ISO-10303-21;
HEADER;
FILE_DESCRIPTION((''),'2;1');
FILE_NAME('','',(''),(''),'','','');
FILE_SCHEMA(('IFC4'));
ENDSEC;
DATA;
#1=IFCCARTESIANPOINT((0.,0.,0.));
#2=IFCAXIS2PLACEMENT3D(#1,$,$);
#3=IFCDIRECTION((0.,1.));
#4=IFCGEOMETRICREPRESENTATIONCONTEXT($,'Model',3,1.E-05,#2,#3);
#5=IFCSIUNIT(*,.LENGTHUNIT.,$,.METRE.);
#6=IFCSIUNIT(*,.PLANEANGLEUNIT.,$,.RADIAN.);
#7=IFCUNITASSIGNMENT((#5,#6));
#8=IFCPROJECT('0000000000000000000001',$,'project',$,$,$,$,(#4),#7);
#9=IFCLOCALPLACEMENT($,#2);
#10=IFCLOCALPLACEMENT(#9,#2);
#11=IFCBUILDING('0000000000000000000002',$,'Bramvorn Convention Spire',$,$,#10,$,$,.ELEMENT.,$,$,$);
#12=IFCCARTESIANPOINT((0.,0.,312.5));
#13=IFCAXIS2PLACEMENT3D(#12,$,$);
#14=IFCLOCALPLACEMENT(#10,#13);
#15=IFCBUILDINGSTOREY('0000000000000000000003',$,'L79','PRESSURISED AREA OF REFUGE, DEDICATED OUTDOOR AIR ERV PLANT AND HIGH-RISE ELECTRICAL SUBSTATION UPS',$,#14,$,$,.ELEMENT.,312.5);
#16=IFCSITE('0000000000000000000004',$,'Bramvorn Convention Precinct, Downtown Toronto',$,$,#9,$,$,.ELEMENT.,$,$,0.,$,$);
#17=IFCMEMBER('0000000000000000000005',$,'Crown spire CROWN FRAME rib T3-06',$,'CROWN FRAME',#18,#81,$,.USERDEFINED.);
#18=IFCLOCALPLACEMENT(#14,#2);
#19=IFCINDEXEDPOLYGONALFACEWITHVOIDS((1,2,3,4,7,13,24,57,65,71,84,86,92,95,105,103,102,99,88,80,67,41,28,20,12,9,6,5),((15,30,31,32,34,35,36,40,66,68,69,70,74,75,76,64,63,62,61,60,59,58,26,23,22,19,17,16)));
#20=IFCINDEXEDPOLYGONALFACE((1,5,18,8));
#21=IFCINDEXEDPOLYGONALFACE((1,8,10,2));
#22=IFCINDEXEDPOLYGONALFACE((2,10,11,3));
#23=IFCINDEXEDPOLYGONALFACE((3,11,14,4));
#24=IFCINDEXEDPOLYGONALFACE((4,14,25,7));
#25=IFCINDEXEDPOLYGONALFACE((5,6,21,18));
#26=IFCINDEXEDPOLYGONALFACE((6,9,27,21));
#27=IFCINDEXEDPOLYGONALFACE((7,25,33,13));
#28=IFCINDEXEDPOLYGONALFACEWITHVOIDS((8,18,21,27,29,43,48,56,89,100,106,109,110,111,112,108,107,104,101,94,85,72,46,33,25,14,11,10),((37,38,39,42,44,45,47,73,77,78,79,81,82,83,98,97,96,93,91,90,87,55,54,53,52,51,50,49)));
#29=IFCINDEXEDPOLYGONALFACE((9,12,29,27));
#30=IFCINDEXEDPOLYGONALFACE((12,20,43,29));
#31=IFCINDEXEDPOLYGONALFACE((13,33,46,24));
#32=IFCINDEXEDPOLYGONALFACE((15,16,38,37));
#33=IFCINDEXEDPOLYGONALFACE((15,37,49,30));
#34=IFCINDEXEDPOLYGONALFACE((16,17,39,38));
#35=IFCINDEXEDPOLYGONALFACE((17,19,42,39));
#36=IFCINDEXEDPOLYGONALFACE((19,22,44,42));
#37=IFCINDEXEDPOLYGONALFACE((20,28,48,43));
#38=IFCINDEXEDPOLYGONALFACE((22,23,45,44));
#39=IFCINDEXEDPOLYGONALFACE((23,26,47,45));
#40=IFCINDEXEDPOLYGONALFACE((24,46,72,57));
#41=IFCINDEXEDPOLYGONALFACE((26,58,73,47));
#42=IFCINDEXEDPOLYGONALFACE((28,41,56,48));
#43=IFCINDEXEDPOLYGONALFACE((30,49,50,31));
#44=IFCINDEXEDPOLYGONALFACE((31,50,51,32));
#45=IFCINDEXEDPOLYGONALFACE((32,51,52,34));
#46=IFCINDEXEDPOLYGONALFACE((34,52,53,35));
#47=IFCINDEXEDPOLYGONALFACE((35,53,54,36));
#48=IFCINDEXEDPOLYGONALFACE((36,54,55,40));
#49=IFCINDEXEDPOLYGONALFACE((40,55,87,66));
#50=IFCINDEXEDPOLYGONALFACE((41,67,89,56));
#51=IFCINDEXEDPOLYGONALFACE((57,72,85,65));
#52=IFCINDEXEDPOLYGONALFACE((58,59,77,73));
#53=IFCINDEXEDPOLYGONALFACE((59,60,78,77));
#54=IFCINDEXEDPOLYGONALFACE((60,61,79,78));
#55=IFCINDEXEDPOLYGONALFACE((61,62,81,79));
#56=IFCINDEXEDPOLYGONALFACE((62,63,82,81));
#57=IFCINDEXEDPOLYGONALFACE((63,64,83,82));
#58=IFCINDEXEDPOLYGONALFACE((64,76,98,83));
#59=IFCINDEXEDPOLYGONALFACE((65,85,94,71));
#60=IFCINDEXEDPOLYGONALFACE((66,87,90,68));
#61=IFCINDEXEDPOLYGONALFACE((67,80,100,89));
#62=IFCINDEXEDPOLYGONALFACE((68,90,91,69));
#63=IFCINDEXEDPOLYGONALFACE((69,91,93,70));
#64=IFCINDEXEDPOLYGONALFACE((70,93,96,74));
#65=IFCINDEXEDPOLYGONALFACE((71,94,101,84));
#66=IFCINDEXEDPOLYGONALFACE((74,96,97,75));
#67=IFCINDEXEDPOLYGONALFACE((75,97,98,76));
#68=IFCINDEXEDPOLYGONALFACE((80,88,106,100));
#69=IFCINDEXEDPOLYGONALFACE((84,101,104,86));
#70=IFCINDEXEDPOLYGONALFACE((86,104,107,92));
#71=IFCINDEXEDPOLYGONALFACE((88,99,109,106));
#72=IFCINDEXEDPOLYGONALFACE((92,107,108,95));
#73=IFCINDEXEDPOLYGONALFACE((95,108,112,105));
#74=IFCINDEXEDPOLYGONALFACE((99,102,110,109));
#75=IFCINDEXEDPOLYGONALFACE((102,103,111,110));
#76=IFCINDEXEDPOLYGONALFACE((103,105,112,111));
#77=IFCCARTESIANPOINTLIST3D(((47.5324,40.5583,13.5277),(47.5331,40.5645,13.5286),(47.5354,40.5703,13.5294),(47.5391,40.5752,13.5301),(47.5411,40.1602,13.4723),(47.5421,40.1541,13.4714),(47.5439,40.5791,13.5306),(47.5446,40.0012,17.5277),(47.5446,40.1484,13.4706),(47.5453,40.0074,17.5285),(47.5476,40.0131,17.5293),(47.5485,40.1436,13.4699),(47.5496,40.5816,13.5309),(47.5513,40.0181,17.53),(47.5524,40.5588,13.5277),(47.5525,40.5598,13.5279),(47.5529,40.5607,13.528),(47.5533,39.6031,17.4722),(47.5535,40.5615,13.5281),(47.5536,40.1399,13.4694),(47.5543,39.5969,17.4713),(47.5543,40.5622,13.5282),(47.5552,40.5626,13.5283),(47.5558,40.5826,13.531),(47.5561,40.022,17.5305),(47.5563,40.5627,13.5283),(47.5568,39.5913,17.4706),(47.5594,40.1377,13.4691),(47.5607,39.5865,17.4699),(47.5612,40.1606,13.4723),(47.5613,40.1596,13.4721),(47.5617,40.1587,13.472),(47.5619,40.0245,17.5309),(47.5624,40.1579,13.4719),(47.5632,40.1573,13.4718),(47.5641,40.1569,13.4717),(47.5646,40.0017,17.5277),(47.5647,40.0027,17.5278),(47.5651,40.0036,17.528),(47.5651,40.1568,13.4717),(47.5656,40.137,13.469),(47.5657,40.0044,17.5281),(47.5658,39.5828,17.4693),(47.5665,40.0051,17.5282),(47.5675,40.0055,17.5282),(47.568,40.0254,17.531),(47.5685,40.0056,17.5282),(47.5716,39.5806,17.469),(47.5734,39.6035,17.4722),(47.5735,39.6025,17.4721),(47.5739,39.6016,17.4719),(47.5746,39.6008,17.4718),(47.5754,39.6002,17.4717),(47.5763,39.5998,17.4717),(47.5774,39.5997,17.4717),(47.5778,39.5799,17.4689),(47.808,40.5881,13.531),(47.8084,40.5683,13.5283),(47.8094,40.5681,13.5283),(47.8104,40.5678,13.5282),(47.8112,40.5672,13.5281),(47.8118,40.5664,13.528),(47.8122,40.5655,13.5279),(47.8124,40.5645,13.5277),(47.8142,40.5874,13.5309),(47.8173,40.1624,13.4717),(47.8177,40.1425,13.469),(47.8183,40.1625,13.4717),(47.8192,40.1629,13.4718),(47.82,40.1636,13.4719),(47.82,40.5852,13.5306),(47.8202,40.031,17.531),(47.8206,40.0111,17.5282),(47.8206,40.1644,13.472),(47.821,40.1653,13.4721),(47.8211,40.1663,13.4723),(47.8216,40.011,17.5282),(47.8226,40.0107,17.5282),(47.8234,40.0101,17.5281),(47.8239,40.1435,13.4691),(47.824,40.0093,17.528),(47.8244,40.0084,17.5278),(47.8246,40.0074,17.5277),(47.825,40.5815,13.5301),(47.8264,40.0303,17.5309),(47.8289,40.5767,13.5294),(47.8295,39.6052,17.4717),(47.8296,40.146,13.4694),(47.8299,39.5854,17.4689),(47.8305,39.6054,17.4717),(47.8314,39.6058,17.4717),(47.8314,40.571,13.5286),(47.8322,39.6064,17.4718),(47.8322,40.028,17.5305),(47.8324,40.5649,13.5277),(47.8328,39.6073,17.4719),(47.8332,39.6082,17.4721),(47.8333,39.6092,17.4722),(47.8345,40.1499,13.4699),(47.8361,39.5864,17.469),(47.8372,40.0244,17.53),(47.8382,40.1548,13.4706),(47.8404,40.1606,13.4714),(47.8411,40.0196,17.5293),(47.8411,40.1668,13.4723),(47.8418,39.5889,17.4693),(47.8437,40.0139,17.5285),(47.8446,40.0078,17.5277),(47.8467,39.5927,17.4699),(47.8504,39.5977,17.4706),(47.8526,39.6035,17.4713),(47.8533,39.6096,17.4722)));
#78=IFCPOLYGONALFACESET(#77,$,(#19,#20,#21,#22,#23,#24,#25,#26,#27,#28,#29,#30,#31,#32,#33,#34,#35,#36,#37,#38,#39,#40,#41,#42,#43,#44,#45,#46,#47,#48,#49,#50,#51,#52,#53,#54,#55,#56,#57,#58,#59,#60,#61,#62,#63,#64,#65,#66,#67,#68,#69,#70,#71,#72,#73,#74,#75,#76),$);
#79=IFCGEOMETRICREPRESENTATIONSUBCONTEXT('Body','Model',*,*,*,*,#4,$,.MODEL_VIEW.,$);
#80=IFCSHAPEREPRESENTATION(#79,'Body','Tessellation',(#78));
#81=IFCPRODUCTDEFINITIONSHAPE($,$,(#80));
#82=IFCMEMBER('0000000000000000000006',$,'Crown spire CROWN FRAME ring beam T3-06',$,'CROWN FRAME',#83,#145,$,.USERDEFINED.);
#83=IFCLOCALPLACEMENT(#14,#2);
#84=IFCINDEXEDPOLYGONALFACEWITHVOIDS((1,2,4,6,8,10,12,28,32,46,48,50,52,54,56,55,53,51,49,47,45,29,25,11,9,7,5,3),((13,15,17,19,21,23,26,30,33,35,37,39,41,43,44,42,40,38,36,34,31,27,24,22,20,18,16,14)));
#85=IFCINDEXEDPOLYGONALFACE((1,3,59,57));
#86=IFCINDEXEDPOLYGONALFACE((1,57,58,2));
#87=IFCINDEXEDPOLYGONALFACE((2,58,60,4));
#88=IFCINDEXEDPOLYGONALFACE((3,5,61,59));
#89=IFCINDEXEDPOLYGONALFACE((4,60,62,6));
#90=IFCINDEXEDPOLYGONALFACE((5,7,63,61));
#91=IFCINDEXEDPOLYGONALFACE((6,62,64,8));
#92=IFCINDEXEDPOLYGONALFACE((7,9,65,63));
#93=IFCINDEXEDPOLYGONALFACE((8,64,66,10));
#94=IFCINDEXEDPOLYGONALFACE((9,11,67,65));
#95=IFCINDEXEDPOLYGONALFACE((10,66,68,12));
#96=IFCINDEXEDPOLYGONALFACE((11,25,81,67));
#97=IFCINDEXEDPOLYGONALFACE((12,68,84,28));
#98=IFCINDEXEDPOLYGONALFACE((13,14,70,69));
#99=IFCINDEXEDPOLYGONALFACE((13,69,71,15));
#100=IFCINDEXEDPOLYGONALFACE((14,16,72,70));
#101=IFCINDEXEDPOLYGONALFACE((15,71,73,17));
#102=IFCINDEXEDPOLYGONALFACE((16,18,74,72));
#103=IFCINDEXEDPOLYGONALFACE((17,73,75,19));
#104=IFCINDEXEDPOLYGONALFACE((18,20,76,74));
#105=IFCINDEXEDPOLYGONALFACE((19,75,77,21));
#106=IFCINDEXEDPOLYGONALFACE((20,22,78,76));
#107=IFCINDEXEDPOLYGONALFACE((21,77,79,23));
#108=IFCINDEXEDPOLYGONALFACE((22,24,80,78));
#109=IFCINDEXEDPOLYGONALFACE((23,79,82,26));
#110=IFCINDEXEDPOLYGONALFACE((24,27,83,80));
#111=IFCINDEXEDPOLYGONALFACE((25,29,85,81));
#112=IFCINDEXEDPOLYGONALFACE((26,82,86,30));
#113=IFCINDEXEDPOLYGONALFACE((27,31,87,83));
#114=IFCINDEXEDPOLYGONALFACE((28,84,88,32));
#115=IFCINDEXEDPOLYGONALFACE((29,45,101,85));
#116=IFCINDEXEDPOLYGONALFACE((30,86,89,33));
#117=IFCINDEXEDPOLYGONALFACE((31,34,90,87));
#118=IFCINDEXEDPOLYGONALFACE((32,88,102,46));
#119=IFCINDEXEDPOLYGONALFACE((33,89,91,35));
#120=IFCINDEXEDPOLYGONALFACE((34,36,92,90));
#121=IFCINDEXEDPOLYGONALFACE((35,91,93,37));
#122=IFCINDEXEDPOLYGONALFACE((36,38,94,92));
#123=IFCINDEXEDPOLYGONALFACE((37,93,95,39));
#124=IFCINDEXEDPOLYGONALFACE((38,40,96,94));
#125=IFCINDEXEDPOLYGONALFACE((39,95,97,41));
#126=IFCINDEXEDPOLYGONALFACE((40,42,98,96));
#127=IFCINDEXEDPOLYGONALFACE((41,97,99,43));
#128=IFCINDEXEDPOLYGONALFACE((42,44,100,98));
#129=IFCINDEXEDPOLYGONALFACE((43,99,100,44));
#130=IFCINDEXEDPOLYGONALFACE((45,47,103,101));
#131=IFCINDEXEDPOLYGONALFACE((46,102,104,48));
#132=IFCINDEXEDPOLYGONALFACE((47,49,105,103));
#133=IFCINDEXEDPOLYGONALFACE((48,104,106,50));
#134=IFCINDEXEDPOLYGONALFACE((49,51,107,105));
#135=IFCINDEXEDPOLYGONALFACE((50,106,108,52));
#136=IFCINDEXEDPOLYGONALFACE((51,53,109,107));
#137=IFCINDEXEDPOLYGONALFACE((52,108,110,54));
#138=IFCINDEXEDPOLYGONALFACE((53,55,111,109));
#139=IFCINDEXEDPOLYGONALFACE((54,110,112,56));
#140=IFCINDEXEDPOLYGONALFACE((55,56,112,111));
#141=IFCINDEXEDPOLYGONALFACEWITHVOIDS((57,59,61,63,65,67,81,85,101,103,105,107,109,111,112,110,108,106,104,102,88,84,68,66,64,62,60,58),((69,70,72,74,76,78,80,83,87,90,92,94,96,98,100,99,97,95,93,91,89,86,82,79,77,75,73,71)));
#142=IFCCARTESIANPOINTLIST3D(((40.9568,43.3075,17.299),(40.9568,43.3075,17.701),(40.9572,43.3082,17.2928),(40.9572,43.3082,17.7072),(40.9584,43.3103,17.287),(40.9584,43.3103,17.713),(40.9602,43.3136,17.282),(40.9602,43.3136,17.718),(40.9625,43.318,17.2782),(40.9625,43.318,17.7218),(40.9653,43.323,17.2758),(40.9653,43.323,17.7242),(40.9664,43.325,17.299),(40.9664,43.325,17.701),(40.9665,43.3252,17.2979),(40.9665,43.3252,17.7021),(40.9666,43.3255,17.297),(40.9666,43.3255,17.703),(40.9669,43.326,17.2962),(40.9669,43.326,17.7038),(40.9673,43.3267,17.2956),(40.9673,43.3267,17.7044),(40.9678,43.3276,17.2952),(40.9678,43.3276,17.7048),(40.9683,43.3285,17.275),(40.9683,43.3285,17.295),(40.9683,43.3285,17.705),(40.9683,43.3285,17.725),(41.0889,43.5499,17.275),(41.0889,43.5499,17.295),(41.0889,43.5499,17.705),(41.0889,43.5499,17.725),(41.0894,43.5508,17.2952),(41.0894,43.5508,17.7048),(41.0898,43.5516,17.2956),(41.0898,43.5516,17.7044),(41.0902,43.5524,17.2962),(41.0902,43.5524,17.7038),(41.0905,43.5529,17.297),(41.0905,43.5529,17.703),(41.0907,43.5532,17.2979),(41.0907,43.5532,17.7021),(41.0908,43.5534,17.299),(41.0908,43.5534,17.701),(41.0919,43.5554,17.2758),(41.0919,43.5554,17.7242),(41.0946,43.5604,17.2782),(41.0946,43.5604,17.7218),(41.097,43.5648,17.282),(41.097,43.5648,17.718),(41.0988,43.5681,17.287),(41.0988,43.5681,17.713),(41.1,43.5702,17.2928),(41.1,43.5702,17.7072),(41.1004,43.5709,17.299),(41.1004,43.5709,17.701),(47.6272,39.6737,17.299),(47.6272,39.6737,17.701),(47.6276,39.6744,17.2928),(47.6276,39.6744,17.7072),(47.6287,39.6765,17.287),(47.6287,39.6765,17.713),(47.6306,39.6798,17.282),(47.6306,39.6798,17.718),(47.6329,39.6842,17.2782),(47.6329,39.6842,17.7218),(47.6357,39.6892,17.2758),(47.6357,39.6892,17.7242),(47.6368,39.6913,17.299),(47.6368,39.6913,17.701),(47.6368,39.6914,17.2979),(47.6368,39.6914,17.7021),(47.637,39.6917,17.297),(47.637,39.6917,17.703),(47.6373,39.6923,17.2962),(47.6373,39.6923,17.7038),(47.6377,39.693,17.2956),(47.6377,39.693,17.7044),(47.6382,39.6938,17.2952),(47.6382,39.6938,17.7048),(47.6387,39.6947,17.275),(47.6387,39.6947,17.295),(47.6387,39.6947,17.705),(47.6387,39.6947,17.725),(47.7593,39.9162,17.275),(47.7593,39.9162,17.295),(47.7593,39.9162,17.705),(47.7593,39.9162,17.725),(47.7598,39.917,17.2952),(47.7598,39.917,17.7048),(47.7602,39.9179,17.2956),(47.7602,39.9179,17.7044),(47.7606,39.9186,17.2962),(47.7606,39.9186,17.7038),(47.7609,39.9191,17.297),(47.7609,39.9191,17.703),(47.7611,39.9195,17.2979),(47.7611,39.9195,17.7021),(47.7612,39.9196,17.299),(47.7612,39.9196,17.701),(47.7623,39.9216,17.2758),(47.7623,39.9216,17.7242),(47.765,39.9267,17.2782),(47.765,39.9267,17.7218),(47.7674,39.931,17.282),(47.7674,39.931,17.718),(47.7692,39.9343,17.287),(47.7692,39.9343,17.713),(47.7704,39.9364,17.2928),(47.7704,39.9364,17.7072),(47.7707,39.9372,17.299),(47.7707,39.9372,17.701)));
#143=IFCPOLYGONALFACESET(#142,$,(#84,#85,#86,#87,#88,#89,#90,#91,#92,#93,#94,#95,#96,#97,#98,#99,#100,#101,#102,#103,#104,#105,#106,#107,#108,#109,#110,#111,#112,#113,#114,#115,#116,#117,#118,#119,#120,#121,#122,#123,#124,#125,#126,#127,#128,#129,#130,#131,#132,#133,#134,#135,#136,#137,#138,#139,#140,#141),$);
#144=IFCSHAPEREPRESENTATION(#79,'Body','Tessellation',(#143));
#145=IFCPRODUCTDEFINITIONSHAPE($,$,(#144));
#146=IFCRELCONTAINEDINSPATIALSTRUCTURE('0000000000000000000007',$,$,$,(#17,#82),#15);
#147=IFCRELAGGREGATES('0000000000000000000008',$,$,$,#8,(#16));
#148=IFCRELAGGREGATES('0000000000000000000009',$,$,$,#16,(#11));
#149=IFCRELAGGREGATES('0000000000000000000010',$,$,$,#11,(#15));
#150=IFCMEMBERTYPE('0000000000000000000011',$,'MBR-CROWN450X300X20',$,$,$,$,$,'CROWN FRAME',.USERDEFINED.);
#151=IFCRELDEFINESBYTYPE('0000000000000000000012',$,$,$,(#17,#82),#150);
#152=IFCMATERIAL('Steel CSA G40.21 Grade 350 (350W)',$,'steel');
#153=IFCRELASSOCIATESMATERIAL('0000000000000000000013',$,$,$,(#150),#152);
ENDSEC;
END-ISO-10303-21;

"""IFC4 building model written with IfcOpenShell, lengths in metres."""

from ifc_helpers import new_model, si_unit, direction, frame, origin, origin_2d, place, context, subcontext, project, spatial, hollow_rectangle, extrude, material, material_profile, profile_set, type_object, element, save


model = new_model("IFC4")

# Units and contexts
model_context = context("Model", 3, precision=1e-05, world=origin(), true_north=direction((0.0, 1.0)))
body_context = subcontext(model_context, "Body", "Model", "MODEL_VIEW")
ifc_project = project(units=[si_unit("LENGTHUNIT", "METRE"), si_unit("PLANEANGLEUNIT", "RADIAN")], contexts=[model_context])

# Site, building, storey
site_placement = place(None, origin())
site = spatial("IfcSite", under=ifc_project, at=site_placement, Name="Bramvorn Convention Precinct, Downtown Toronto", CompositionType="ELEMENT", RefElevation=0.0)
building_placement = place(site_placement, origin())
building = spatial("IfcBuilding", under=site, at=building_placement, Name="Bramvorn Convention Spire", CompositionType="ELEMENT")
storey_placement = place(building_placement, frame((0.0, 0.0, 312.5)))
storey = spatial("IfcBuildingStorey", under=building, at=storey_placement, Name="L79", Description="PRESSURISED AREA OF REFUGE, DEDICATED OUTDOOR AIR ERV PLANT AND HIGH-RISE ELECTRICAL SUBSTATION UPS", CompositionType="ELEMENT", Elevation=312.5)

# Shared definitions
ifc_material_1 = material(Name="Steel CSA G40.21 Grade 350 (350W)", Category="steel")

# Members
ifc_material_profile_1 = material_profile(ifc_material_1, hollow_rectangle(XDim=0.3, YDim=0.45, WallThickness=0.02, InnerFilletRadius=0.0039, OuterFilletRadius=0.0239, at=origin_2d()))
ifc_profile_set_1 = profile_set([ifc_material_profile_1], Name="Steel CSA G40.21 Grade 350 (350W) - CROWN450X300X20")
member_type = type_object("IfcMemberType", Name="MBR-CROWN450X300X20", ElementType="CROWN FRAME", PredefinedType="USERDEFINED", material=ifc_profile_set_1)
member_1_placement = place(storey_placement, frame((47.6868, 40.3625, 13.5), z_axis=(0.003023, -0.13795, 0.990435), x_axis=(0.99976, 0.021905, 0.0)))
element("IfcMember", 1, at=member_1_placement, inside=storey, type_object=member_type, Name="Crown spire CROWN FRAME rib T3-06", ObjectType="CROWN FRAME", PredefinedType="USERDEFINED", context=body_context, shape_type="SweptSolid", body=[
    extrude(hollow_rectangle(XDim=0.3, YDim=0.45, WallThickness=0.02, InnerFilletRadius=0.0039, OuterFilletRadius=0.0239, at=origin_2d()), origin(), (0.0, 0.0, 1.0), 4.0386),
])
member_2_placement = place(storey_placement, frame((47.699, 39.8054, 17.5), z_axis=(-0.878151, 0.478384, 0.0), x_axis=(-0.478384, -0.878151, 0.0)))
element("IfcMember", 2, at=member_2_placement, inside=storey, type_object=member_type, Name="Crown spire CROWN FRAME ring beam T3-06", ObjectType="CROWN FRAME", PredefinedType="USERDEFINED", context=body_context, shape_type="SweptSolid", body=[
    extrude(hollow_rectangle(XDim=0.3, YDim=0.45, WallThickness=0.02, InnerFilletRadius=0.0039, OuterFilletRadius=0.0239, at=origin_2d()), origin(), (0.0, 0.0, 1.0), 7.5959),
])

save(model, "model.ifc")
